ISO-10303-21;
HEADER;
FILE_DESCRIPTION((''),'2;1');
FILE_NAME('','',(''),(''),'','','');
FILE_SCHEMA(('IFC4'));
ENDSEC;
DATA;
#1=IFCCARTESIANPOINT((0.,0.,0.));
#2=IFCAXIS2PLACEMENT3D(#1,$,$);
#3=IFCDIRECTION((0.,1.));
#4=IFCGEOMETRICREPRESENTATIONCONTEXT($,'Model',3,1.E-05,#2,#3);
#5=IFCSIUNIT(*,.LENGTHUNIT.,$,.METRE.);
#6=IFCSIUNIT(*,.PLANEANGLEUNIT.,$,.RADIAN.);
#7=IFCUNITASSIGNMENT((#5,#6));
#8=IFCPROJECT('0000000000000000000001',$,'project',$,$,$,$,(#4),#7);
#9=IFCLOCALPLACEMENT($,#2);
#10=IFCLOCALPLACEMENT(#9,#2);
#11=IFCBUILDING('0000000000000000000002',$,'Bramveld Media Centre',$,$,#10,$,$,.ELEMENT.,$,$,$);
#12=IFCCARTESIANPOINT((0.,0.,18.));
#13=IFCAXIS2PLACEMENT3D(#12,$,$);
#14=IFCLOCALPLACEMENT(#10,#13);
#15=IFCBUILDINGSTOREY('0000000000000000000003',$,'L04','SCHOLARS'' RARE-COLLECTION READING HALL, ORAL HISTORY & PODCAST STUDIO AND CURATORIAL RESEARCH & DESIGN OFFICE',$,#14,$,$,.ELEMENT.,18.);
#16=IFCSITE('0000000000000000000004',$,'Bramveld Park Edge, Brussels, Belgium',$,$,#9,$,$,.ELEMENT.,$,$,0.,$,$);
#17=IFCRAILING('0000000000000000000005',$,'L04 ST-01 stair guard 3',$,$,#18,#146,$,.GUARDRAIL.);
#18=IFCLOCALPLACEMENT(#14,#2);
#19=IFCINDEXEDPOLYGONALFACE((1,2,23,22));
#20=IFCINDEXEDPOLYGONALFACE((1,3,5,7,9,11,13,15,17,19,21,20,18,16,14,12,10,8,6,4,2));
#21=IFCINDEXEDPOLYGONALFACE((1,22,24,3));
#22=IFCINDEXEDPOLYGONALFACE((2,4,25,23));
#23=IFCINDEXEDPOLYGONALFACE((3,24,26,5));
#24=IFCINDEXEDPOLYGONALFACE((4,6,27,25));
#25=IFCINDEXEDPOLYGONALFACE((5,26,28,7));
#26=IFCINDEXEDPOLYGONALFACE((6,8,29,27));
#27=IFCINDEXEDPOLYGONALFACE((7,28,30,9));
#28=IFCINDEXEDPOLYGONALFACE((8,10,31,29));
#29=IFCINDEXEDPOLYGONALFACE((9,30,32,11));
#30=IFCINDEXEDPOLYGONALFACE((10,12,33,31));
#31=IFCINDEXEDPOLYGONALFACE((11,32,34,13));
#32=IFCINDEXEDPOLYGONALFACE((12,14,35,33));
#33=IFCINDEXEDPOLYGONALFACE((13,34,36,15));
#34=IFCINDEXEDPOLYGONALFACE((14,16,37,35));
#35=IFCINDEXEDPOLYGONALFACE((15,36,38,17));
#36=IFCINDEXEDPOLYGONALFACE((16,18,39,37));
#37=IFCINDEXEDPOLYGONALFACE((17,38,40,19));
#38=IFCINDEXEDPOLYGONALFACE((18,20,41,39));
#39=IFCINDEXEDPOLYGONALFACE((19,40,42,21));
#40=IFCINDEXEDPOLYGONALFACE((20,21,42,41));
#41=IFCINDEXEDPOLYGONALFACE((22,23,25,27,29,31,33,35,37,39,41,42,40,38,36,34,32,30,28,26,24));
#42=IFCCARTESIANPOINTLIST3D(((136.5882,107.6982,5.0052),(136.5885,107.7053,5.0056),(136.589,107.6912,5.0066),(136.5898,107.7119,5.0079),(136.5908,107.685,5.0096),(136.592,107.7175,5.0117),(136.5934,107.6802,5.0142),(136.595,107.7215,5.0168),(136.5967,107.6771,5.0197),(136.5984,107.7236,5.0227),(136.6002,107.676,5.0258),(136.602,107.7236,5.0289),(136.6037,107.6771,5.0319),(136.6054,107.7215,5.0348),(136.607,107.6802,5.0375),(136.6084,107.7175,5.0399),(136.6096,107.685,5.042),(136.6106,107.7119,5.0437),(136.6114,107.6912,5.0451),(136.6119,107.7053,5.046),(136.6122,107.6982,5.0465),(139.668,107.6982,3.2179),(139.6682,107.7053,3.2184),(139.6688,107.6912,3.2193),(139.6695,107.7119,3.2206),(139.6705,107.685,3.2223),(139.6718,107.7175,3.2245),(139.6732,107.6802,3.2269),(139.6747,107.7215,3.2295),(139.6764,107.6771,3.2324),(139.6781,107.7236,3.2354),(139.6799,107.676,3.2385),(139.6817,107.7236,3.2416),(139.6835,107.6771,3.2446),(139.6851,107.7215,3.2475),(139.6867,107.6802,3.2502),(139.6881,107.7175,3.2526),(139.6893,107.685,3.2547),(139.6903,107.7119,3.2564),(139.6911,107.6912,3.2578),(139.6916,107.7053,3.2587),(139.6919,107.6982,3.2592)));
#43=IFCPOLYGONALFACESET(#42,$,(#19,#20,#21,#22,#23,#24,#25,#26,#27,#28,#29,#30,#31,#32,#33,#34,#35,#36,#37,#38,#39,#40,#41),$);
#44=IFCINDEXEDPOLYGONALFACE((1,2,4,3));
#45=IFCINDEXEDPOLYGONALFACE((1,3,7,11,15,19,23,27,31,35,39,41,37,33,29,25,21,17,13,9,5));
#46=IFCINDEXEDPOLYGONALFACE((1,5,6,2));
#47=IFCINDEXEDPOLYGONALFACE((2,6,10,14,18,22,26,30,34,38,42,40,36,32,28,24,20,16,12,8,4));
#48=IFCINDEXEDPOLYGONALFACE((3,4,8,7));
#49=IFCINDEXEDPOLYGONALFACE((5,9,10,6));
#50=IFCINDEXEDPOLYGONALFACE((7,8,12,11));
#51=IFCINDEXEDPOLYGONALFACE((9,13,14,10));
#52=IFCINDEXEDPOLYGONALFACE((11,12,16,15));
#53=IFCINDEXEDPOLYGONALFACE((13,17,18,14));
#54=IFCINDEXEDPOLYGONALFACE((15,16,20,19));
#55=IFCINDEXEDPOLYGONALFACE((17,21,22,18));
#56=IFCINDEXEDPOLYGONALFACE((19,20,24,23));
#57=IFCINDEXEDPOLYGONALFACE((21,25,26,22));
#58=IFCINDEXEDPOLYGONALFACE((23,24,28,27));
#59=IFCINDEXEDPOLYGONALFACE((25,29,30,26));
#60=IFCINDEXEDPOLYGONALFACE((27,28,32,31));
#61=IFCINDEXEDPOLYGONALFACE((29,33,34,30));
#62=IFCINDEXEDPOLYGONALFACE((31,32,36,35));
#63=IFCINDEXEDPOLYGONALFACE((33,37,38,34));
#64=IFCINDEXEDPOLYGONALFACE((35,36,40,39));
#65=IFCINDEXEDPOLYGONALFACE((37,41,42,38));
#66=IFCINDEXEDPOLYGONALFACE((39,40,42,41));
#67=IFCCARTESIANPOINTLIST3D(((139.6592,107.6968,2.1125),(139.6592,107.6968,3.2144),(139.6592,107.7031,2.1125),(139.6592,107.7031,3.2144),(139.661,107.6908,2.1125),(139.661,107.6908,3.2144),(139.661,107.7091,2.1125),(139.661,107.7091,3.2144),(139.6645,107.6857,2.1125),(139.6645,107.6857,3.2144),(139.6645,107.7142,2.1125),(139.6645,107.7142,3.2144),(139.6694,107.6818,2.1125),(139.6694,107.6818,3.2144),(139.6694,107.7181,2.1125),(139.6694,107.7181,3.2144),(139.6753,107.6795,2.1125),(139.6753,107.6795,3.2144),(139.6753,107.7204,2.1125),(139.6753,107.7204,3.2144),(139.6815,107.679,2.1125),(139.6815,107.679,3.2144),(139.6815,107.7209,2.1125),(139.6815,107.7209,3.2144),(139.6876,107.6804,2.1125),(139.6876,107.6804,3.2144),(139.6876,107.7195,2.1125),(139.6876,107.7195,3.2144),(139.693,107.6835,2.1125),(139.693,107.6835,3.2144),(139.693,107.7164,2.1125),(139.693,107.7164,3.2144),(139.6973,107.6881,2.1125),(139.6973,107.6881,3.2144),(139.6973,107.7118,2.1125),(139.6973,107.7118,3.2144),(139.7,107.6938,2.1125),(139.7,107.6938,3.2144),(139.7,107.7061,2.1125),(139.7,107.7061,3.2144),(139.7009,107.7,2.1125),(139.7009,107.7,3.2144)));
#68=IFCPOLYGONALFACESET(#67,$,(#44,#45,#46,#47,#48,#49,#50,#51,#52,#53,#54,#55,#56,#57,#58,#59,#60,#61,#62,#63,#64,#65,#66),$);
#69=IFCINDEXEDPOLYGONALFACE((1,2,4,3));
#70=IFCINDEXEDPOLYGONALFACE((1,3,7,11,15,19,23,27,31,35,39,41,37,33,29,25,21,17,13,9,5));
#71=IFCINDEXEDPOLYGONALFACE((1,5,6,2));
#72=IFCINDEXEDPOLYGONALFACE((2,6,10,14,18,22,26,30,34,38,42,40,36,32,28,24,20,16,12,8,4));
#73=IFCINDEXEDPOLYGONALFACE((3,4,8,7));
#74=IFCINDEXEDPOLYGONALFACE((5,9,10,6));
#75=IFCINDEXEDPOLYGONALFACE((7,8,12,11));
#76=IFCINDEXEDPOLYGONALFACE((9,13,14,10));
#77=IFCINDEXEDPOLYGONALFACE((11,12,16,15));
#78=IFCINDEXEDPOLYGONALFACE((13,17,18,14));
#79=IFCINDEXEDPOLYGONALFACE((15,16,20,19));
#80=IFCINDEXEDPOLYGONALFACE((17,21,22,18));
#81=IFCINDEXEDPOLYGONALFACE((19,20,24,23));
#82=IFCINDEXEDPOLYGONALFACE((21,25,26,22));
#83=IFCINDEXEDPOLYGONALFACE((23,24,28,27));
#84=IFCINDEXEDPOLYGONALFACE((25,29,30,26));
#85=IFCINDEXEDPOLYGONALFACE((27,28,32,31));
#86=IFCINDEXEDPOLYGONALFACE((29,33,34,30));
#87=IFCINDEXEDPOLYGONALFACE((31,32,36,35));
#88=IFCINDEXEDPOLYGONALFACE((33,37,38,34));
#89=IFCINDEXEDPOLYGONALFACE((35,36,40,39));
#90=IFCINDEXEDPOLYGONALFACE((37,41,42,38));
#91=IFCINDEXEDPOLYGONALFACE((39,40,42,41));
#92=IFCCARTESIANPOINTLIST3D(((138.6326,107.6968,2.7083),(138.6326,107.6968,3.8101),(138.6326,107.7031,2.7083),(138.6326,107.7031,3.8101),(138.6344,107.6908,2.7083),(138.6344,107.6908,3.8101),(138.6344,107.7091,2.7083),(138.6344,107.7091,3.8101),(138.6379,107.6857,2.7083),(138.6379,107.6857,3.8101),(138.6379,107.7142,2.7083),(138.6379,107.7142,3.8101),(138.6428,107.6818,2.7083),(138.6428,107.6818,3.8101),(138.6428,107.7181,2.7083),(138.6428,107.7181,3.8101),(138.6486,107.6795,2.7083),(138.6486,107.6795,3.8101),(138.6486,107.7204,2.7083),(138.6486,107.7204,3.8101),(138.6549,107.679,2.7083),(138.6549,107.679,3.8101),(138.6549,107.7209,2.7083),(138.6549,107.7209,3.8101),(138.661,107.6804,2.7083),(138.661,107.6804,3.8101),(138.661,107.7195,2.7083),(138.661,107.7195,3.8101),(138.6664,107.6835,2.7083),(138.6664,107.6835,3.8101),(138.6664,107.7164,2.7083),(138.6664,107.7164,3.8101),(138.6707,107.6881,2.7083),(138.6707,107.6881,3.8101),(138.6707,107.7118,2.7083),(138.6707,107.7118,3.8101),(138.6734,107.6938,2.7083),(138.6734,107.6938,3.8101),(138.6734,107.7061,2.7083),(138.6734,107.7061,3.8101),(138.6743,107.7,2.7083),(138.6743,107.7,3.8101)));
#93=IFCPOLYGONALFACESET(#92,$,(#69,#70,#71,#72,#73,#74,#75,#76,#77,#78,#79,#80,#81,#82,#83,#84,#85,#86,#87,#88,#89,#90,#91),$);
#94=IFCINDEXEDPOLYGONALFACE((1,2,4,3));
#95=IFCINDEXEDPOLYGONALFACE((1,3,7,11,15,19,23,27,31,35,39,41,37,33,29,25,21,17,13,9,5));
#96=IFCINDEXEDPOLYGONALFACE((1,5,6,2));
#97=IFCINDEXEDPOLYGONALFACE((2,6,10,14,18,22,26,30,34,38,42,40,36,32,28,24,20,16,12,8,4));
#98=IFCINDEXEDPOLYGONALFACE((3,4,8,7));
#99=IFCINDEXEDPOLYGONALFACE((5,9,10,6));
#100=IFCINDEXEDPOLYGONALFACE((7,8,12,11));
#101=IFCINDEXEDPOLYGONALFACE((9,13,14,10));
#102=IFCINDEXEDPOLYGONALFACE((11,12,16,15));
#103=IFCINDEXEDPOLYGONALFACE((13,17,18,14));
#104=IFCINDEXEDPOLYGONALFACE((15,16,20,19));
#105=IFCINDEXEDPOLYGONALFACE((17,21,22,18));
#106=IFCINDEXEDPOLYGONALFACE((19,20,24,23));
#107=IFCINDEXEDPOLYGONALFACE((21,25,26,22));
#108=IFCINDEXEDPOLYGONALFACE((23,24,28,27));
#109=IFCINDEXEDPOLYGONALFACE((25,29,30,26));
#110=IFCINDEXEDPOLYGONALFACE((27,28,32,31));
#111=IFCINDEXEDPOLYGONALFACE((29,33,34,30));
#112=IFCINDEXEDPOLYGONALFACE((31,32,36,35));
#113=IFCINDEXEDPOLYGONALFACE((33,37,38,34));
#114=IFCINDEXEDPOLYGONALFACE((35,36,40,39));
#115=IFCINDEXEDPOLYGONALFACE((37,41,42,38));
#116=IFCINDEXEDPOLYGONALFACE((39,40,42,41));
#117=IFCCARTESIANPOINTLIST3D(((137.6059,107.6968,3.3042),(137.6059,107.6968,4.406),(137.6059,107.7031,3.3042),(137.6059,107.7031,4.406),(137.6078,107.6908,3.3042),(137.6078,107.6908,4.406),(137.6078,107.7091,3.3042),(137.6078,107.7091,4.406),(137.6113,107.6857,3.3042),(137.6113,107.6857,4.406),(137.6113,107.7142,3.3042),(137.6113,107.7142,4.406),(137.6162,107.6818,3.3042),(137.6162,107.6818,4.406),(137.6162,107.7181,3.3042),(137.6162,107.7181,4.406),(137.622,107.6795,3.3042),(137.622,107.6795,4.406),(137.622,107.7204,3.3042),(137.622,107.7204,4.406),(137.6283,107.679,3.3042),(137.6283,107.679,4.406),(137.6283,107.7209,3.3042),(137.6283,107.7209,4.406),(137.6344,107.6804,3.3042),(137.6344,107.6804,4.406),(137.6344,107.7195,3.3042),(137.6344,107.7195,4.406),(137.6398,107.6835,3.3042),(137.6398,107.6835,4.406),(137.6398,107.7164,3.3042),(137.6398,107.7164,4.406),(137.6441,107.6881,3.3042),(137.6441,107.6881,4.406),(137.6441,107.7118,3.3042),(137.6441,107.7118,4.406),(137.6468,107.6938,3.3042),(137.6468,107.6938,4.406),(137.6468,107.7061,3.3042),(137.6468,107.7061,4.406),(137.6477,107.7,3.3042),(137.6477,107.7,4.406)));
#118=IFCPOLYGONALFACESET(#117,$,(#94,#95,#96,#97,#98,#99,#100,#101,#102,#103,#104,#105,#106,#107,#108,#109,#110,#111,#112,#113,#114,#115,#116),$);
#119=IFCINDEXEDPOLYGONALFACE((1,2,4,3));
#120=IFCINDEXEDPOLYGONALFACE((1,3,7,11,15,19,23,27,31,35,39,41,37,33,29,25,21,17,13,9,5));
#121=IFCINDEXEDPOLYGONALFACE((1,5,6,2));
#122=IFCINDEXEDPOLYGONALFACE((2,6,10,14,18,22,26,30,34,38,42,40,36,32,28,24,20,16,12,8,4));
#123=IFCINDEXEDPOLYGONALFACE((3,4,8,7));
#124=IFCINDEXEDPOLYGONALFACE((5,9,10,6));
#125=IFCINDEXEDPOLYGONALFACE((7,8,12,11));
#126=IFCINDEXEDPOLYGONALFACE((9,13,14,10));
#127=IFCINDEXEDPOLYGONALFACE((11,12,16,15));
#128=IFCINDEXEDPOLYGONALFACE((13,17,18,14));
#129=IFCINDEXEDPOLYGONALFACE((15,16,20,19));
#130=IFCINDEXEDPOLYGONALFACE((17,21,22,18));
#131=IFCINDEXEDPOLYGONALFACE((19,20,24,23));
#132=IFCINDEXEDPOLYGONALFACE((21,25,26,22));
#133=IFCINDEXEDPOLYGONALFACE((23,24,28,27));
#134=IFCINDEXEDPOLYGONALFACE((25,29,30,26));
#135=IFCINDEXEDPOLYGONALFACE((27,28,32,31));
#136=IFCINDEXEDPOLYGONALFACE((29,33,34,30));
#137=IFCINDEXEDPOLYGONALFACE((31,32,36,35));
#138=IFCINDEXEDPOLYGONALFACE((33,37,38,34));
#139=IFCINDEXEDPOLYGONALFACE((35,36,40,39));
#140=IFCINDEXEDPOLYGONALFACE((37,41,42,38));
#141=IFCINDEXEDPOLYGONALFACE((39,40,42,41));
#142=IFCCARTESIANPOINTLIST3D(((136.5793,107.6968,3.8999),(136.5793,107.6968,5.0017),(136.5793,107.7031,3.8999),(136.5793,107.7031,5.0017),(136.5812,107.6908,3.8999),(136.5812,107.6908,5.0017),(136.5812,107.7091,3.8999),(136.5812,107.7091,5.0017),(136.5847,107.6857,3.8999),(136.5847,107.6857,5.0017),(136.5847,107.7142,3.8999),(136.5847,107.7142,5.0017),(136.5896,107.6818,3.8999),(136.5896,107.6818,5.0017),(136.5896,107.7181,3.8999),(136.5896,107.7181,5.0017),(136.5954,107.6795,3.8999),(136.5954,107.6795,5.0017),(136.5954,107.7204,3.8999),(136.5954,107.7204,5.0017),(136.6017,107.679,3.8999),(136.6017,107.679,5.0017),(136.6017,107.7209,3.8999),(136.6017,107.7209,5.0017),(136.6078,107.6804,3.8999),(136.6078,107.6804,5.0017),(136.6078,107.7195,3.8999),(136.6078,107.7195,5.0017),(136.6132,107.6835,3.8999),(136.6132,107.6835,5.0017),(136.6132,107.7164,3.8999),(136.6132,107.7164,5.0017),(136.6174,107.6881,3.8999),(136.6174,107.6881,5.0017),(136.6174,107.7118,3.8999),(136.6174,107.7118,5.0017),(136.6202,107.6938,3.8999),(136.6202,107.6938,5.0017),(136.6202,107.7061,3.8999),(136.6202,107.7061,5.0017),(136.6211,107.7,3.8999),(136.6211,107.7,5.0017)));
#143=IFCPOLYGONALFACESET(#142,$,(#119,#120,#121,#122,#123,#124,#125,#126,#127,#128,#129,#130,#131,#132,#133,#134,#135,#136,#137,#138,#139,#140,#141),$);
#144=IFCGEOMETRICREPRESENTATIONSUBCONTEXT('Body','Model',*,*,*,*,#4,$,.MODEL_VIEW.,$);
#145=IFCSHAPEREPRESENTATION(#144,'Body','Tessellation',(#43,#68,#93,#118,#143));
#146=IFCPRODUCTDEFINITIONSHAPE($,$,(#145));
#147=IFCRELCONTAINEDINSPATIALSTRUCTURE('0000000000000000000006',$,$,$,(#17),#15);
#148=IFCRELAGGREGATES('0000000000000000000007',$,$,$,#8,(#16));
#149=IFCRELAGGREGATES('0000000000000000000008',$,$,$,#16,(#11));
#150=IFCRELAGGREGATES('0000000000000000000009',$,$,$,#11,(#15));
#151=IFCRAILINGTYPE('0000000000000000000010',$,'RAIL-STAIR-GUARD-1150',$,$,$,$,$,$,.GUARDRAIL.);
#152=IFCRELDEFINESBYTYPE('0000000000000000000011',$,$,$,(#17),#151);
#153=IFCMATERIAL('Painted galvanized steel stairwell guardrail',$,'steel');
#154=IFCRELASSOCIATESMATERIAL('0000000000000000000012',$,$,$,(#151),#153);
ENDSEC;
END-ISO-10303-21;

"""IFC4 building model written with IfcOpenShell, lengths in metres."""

from ifc_helpers import new_model, si_unit, direction, frame, origin, origin_2d, place, context, subcontext, project, spatial, circle, extrude, material, type_object, element, save


model = new_model("IFC4")

# Units and contexts
model_context = context("Model", 3, precision=1e-05, world=origin(), true_north=direction((0.0, 1.0)))
body_context = subcontext(model_context, "Body", "Model", "MODEL_VIEW")
ifc_project = project(units=[si_unit("LENGTHUNIT", "METRE"), si_unit("PLANEANGLEUNIT", "RADIAN")], contexts=[model_context])

# Site, building, storey
site_placement = place(None, origin())
site = spatial("IfcSite", under=ifc_project, at=site_placement, Name="Bramveld Park Edge, Brussels, Belgium", CompositionType="ELEMENT", RefElevation=0.0)
building_placement = place(site_placement, origin())
building = spatial("IfcBuilding", under=site, at=building_placement, Name="Bramveld Media Centre", CompositionType="ELEMENT")
storey_placement = place(building_placement, frame((0.0, 0.0, 18.0)))
storey = spatial("IfcBuildingStorey", under=building, at=storey_placement, Name="L04", Description="SCHOLARS' RARE-COLLECTION READING HALL, ORAL HISTORY & PODCAST STUDIO AND CURATORIAL RESEARCH & DESIGN OFFICE", CompositionType="ELEMENT", Elevation=18.0)

# Railing
ifc_material_1 = material(Name="Painted galvanized steel stairwell guardrail", Category="steel")
railing_type_1 = type_object("IfcRailingType", Name="RAIL-STAIR-GUARD-1150", PredefinedType="GUARDRAIL", material=ifc_material_1)
railing_1_placement = place(storey_placement, frame((139.6799, 107.7, 2.1125)))
element("IfcRailing", 1, at=railing_1_placement, inside=storey, type_object=railing_type_1, Name="L04 ST-01 stair guard 3", PredefinedType="GUARDRAIL", context=body_context, shape_type="SweptSolid", body=[
    extrude(circle(Radius=0.0239, at=origin_2d()), frame((0.0, 0.0, 1.126), z_axis=(-0.864903, 0.0, 0.501939), x_axis=(0.0, -1.0, 0.0)), (0.0, 0.0, 1.0), 3.5608),
    extrude(circle(Radius=0.021, at=origin_2d()), origin(), (0.0, 0.0, 1.0), 1.1018),
    extrude(circle(Radius=0.021, at=origin_2d()), frame((-1.0266, 0.0, 0.5957)), (0.0, 0.0, 1.0), 1.1018),
    extrude(circle(Radius=0.021, at=origin_2d()), frame((-2.0532, 0.0, 1.1917)), (0.0, 0.0, 1.0), 1.1018),
    extrude(circle(Radius=0.021, at=origin_2d()), frame((-3.0798, 0.0, 1.7874)), (0.0, 0.0, 1.0), 1.1018),
])

save(model, "model.ifc")
